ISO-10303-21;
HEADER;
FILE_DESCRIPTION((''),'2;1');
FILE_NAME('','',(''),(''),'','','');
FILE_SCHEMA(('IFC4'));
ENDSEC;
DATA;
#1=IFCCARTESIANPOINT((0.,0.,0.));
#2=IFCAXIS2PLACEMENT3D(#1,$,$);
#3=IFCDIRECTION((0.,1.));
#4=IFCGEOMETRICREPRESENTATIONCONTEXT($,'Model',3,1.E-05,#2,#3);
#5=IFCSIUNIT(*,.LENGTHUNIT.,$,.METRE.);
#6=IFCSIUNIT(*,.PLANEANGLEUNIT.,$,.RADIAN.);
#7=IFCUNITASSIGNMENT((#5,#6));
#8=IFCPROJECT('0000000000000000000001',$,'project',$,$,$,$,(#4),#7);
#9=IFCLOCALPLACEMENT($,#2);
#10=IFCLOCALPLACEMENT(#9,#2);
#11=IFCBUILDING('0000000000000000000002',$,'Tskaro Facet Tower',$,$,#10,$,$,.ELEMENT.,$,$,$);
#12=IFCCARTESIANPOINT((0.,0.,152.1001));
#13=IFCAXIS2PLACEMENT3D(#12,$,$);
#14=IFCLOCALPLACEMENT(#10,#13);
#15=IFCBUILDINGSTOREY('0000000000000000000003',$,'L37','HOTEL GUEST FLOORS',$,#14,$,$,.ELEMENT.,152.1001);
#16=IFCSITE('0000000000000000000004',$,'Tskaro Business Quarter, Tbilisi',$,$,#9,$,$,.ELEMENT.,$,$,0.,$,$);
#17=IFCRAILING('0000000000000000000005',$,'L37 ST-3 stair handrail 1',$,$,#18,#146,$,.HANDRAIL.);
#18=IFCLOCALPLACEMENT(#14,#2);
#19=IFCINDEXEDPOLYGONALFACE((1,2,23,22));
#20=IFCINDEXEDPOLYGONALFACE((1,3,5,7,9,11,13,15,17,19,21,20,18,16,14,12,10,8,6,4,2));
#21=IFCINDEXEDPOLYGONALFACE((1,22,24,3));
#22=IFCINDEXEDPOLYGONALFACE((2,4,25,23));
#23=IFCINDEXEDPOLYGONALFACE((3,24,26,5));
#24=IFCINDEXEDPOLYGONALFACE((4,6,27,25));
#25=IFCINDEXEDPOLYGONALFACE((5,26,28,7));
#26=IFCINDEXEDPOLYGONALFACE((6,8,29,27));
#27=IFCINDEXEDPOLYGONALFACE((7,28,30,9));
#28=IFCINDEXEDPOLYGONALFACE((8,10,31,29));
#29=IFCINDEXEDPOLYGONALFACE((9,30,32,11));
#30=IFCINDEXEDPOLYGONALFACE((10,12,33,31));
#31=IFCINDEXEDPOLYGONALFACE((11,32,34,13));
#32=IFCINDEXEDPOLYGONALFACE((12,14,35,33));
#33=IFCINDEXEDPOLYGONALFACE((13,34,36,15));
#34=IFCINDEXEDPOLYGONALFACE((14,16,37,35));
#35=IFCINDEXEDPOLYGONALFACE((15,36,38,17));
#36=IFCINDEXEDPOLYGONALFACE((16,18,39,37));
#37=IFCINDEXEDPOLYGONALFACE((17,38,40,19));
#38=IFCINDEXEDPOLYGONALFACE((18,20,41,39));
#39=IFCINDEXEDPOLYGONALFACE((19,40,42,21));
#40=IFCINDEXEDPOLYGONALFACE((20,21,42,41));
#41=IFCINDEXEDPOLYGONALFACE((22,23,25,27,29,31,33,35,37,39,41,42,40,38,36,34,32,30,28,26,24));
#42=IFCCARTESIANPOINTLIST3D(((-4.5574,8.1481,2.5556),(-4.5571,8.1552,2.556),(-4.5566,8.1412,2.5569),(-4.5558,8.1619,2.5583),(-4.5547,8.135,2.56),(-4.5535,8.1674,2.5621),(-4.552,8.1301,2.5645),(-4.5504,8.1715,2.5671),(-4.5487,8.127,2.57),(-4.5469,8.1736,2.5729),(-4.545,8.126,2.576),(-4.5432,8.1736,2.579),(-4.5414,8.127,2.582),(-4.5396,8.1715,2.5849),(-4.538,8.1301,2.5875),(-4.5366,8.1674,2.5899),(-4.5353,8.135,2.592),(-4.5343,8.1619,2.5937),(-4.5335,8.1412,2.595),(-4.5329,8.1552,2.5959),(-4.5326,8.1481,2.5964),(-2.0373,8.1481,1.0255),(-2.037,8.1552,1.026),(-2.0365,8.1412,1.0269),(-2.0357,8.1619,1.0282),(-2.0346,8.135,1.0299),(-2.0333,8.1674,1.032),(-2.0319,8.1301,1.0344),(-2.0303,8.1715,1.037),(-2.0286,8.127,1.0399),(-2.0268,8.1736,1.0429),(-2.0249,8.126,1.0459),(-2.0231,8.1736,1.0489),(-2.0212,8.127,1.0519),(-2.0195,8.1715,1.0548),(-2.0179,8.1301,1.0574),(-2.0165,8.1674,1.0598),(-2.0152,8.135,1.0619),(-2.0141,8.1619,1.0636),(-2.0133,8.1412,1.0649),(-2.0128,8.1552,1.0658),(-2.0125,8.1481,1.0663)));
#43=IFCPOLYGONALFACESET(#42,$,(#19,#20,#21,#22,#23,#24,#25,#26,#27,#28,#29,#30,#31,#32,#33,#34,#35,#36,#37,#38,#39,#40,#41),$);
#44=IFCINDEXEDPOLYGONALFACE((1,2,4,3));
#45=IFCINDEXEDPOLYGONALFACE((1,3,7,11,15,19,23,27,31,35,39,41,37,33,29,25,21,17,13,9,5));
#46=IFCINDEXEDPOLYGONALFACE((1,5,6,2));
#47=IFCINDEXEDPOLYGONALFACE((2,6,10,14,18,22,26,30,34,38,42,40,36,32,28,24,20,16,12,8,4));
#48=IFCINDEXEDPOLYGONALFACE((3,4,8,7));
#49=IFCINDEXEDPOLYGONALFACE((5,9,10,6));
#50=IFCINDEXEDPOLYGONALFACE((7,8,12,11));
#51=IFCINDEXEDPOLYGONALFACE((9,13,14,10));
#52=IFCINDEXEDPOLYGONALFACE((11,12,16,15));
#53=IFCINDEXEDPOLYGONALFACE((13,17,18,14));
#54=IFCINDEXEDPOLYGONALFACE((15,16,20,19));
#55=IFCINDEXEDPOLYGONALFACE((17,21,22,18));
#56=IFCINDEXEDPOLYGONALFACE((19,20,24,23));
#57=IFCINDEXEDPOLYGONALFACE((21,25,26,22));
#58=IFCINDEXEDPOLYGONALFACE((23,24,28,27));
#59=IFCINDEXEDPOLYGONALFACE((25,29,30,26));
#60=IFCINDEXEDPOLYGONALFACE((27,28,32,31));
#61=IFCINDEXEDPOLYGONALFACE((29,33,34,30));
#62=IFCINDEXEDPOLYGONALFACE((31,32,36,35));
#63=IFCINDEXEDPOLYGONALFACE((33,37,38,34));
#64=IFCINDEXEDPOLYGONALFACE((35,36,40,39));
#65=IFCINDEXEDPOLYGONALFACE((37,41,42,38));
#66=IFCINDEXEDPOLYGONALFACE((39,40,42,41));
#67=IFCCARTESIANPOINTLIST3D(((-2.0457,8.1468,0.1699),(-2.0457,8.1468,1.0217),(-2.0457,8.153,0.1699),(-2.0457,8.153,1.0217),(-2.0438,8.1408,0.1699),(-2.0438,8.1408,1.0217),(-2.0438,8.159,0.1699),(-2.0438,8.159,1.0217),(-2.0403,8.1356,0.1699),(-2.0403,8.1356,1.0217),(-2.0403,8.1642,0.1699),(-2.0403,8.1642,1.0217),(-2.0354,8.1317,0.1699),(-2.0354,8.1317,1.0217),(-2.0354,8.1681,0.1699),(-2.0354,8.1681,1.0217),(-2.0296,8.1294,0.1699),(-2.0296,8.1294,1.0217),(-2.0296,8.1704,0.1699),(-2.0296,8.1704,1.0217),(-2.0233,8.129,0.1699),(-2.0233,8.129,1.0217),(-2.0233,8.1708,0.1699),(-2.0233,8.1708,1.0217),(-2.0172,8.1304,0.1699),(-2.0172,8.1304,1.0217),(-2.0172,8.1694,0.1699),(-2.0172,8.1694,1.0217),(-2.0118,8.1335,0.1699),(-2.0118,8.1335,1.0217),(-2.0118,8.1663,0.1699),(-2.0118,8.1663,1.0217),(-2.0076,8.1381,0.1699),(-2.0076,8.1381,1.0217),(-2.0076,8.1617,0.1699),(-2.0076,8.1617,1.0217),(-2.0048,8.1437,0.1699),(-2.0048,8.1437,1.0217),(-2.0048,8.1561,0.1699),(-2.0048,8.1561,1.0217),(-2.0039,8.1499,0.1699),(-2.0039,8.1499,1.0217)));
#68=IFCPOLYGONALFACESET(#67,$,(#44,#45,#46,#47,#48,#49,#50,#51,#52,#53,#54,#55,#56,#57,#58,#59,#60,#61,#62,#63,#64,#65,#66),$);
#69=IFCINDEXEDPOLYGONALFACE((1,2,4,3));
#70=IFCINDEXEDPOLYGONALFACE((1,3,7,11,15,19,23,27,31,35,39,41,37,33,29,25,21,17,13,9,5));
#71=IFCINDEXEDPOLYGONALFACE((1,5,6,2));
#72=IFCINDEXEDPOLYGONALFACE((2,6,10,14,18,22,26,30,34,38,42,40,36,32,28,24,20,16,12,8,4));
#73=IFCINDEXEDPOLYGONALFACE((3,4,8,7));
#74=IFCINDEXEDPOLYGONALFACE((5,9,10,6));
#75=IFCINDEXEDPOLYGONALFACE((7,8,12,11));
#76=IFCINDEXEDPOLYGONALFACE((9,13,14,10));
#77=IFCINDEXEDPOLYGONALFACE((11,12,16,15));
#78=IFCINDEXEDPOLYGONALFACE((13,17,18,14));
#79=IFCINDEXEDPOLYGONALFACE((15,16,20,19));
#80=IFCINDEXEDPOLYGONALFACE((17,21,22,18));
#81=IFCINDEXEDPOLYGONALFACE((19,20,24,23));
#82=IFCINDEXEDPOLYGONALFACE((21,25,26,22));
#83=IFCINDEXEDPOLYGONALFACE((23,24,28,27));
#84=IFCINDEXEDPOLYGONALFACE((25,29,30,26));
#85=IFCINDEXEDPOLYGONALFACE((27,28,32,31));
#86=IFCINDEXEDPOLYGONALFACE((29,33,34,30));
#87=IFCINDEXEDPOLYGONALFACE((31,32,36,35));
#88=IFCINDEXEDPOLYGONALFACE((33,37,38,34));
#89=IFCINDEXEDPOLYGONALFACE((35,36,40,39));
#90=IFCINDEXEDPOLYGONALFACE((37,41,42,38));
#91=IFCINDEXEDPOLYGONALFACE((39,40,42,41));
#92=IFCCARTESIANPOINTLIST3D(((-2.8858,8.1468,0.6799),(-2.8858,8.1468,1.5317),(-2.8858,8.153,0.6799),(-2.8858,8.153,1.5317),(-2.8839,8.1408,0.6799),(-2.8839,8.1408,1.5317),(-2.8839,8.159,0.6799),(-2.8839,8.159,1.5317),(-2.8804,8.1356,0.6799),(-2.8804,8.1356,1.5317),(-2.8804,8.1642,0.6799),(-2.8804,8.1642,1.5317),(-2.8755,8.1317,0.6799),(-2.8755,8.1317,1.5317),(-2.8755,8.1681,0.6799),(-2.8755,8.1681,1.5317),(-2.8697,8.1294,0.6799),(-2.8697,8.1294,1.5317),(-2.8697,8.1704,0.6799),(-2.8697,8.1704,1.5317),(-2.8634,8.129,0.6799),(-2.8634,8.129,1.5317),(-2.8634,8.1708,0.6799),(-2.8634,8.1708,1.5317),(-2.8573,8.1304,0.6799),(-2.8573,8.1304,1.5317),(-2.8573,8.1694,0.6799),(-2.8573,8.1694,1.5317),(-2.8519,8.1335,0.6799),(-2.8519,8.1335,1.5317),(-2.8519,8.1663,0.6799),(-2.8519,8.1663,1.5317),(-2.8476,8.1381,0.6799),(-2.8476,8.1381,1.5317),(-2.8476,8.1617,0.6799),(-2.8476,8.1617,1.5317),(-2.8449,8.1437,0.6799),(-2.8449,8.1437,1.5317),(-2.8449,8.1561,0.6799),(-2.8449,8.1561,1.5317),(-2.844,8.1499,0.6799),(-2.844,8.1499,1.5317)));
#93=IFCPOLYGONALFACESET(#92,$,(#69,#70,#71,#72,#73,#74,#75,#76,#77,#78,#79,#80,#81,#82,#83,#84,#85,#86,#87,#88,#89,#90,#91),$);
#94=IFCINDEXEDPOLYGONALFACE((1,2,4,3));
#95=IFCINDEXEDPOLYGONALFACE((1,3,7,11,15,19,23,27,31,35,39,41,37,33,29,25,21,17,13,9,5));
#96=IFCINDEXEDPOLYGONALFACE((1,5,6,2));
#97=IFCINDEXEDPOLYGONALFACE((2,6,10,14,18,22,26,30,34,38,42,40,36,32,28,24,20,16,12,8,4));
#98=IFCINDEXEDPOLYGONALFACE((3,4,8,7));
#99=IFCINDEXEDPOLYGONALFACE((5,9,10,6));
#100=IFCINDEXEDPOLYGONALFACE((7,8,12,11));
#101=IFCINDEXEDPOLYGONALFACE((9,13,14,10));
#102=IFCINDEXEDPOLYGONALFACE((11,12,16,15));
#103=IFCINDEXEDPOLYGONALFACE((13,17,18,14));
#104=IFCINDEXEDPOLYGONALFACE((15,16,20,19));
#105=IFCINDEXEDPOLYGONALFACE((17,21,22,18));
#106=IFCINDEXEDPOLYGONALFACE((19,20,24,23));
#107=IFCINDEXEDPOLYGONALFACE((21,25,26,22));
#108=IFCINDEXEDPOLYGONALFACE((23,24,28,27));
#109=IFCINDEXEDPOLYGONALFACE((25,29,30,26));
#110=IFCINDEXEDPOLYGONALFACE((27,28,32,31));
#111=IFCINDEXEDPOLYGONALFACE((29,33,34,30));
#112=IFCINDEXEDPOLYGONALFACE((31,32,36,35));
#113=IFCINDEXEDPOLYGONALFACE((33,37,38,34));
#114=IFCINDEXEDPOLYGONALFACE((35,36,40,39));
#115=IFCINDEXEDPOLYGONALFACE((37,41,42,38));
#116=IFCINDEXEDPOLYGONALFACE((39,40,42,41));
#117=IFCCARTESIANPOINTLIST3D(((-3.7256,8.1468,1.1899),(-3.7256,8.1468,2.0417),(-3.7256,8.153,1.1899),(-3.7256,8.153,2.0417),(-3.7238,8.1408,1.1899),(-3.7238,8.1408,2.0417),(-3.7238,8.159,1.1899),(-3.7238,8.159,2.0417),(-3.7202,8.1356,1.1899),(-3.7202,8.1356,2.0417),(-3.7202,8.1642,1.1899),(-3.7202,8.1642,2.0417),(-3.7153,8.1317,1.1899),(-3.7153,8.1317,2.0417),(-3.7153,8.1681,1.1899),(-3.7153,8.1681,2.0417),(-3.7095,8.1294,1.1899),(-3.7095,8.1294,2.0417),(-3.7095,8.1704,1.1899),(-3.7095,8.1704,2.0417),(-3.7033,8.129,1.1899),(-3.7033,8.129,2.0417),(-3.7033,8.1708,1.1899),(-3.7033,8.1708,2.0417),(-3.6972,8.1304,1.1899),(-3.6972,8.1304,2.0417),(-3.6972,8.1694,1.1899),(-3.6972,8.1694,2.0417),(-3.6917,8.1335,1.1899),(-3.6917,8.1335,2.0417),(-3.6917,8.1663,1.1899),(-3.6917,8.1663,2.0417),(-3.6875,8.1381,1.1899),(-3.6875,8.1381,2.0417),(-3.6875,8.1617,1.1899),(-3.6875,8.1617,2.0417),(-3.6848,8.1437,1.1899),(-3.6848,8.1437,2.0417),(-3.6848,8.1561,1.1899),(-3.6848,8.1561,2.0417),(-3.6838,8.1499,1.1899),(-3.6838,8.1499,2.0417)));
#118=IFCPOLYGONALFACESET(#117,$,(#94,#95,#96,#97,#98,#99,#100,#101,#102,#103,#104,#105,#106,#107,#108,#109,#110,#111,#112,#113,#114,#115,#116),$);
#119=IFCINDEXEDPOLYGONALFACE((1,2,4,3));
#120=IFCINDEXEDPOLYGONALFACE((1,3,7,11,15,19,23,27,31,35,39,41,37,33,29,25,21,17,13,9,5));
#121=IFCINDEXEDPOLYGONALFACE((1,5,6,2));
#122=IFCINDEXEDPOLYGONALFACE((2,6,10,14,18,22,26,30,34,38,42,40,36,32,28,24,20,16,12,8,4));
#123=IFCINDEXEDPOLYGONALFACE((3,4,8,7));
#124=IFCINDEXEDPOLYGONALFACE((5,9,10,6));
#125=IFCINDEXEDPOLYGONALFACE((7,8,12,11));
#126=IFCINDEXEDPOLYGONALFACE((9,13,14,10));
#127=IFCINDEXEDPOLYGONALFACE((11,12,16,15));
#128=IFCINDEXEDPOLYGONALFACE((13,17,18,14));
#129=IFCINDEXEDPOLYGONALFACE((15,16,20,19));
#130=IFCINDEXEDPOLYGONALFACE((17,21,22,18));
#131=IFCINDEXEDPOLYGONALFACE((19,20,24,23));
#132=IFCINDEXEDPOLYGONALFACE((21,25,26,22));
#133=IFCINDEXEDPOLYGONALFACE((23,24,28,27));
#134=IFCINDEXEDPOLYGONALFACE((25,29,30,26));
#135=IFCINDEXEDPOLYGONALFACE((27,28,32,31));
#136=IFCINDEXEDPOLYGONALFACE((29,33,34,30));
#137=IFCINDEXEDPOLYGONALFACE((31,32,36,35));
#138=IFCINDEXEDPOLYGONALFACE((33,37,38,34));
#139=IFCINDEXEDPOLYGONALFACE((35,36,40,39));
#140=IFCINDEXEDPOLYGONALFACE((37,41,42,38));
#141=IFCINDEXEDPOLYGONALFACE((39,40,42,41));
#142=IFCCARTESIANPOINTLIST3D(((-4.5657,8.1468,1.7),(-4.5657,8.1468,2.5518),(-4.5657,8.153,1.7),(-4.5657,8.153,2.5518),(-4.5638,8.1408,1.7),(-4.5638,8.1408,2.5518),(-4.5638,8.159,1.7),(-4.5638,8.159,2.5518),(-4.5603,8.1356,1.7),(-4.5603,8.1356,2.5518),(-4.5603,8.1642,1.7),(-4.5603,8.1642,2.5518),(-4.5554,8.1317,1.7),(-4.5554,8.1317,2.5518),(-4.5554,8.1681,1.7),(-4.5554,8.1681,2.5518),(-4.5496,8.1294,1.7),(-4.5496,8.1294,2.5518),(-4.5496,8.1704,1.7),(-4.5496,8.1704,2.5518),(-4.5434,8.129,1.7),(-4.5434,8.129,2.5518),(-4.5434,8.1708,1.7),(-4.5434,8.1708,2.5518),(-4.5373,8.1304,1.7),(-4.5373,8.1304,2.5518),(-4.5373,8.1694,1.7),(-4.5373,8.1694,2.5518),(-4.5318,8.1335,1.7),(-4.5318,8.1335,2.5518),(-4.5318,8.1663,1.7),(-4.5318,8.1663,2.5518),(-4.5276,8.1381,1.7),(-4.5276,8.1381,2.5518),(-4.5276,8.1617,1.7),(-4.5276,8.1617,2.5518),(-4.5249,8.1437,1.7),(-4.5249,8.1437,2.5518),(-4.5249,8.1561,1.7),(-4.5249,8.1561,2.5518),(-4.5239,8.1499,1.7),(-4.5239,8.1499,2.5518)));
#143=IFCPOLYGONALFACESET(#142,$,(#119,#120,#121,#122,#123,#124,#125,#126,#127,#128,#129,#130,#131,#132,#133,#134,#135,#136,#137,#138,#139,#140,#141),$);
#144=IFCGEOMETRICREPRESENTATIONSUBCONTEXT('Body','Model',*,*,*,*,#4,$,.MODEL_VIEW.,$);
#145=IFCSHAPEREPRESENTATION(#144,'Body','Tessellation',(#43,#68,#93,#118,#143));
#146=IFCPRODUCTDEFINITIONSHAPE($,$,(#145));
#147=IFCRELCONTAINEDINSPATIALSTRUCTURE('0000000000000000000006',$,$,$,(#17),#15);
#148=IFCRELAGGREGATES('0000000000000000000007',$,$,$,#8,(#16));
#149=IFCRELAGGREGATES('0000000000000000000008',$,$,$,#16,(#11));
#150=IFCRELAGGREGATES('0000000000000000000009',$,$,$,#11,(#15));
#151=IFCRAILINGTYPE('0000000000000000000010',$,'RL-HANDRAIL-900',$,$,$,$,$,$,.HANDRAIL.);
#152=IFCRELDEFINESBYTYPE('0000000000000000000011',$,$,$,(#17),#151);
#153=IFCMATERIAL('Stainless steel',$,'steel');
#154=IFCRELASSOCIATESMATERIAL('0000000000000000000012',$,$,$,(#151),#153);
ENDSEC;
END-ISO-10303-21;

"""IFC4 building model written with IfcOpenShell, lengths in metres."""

from ifc_helpers import new_model, si_unit, direction, frame, origin, origin_2d, place, context, subcontext, project, spatial, circle, extrude, material, type_object, element, save


model = new_model("IFC4")

# Units and contexts
model_context = context("Model", 3, precision=1e-05, world=origin(), true_north=direction((0.0, 1.0)))
body_context = subcontext(model_context, "Body", "Model", "MODEL_VIEW")
ifc_project = project(units=[si_unit("LENGTHUNIT", "METRE"), si_unit("PLANEANGLEUNIT", "RADIAN")], contexts=[model_context])

# Site, building, storey
site_placement = place(None, origin())
site = spatial("IfcSite", under=ifc_project, at=site_placement, Name="Tskaro Business Quarter, Tbilisi", CompositionType="ELEMENT", RefElevation=0.0)
building_placement = place(site_placement, origin())
building = spatial("IfcBuilding", under=site, at=building_placement, Name="Tskaro Facet Tower", CompositionType="ELEMENT")
storey_placement = place(building_placement, frame((0.0, 0.0, 152.1001)))
storey = spatial("IfcBuildingStorey", under=building, at=storey_placement, Name="L37", Description="HOTEL GUEST FLOORS", CompositionType="ELEMENT", Elevation=152.1001)

# Railing
ifc_material_1 = material(Name="Stainless steel", Category="steel")
railing_type_1 = type_object("IfcRailingType", Name="RL-HANDRAIL-900", PredefinedType="HANDRAIL", material=ifc_material_1)
railing_1_placement = place(storey_placement, frame((-2.0249, 8.1499, 0.1699)))
element("IfcRailing", 1, at=railing_1_placement, inside=storey, type_object=railing_type_1, Name="L37 ST-3 stair handrail 1", PredefinedType="HANDRAIL", context=body_context, shape_type="SweptSolid", body=[
    extrude(circle(Radius=0.0239, at=origin_2d()), frame((0.0, 0.0, 0.876), z_axis=(-0.854785, 0.0, 0.518982), x_axis=(0.0, -1.0, 0.0)), (0.0, 0.0, 1.0), 2.9482),
    extrude(circle(Radius=0.021, at=origin_2d()), origin(), (0.0, 0.0, 1.0), 0.8518),
    extrude(circle(Radius=0.021, at=origin_2d()), frame((-0.8401, 0.0, 0.51)), (0.0, 0.0, 1.0), 0.8518),
    extrude(circle(Radius=0.021, at=origin_2d()), frame((-1.6799, 0.0, 1.02)), (0.0, 0.0, 1.0), 0.8518),
    extrude(circle(Radius=0.021, at=origin_2d()), frame((-2.52, 0.0, 1.53)), (0.0, 0.0, 1.0), 0.8518),
])

save(model, "model.ifc")
